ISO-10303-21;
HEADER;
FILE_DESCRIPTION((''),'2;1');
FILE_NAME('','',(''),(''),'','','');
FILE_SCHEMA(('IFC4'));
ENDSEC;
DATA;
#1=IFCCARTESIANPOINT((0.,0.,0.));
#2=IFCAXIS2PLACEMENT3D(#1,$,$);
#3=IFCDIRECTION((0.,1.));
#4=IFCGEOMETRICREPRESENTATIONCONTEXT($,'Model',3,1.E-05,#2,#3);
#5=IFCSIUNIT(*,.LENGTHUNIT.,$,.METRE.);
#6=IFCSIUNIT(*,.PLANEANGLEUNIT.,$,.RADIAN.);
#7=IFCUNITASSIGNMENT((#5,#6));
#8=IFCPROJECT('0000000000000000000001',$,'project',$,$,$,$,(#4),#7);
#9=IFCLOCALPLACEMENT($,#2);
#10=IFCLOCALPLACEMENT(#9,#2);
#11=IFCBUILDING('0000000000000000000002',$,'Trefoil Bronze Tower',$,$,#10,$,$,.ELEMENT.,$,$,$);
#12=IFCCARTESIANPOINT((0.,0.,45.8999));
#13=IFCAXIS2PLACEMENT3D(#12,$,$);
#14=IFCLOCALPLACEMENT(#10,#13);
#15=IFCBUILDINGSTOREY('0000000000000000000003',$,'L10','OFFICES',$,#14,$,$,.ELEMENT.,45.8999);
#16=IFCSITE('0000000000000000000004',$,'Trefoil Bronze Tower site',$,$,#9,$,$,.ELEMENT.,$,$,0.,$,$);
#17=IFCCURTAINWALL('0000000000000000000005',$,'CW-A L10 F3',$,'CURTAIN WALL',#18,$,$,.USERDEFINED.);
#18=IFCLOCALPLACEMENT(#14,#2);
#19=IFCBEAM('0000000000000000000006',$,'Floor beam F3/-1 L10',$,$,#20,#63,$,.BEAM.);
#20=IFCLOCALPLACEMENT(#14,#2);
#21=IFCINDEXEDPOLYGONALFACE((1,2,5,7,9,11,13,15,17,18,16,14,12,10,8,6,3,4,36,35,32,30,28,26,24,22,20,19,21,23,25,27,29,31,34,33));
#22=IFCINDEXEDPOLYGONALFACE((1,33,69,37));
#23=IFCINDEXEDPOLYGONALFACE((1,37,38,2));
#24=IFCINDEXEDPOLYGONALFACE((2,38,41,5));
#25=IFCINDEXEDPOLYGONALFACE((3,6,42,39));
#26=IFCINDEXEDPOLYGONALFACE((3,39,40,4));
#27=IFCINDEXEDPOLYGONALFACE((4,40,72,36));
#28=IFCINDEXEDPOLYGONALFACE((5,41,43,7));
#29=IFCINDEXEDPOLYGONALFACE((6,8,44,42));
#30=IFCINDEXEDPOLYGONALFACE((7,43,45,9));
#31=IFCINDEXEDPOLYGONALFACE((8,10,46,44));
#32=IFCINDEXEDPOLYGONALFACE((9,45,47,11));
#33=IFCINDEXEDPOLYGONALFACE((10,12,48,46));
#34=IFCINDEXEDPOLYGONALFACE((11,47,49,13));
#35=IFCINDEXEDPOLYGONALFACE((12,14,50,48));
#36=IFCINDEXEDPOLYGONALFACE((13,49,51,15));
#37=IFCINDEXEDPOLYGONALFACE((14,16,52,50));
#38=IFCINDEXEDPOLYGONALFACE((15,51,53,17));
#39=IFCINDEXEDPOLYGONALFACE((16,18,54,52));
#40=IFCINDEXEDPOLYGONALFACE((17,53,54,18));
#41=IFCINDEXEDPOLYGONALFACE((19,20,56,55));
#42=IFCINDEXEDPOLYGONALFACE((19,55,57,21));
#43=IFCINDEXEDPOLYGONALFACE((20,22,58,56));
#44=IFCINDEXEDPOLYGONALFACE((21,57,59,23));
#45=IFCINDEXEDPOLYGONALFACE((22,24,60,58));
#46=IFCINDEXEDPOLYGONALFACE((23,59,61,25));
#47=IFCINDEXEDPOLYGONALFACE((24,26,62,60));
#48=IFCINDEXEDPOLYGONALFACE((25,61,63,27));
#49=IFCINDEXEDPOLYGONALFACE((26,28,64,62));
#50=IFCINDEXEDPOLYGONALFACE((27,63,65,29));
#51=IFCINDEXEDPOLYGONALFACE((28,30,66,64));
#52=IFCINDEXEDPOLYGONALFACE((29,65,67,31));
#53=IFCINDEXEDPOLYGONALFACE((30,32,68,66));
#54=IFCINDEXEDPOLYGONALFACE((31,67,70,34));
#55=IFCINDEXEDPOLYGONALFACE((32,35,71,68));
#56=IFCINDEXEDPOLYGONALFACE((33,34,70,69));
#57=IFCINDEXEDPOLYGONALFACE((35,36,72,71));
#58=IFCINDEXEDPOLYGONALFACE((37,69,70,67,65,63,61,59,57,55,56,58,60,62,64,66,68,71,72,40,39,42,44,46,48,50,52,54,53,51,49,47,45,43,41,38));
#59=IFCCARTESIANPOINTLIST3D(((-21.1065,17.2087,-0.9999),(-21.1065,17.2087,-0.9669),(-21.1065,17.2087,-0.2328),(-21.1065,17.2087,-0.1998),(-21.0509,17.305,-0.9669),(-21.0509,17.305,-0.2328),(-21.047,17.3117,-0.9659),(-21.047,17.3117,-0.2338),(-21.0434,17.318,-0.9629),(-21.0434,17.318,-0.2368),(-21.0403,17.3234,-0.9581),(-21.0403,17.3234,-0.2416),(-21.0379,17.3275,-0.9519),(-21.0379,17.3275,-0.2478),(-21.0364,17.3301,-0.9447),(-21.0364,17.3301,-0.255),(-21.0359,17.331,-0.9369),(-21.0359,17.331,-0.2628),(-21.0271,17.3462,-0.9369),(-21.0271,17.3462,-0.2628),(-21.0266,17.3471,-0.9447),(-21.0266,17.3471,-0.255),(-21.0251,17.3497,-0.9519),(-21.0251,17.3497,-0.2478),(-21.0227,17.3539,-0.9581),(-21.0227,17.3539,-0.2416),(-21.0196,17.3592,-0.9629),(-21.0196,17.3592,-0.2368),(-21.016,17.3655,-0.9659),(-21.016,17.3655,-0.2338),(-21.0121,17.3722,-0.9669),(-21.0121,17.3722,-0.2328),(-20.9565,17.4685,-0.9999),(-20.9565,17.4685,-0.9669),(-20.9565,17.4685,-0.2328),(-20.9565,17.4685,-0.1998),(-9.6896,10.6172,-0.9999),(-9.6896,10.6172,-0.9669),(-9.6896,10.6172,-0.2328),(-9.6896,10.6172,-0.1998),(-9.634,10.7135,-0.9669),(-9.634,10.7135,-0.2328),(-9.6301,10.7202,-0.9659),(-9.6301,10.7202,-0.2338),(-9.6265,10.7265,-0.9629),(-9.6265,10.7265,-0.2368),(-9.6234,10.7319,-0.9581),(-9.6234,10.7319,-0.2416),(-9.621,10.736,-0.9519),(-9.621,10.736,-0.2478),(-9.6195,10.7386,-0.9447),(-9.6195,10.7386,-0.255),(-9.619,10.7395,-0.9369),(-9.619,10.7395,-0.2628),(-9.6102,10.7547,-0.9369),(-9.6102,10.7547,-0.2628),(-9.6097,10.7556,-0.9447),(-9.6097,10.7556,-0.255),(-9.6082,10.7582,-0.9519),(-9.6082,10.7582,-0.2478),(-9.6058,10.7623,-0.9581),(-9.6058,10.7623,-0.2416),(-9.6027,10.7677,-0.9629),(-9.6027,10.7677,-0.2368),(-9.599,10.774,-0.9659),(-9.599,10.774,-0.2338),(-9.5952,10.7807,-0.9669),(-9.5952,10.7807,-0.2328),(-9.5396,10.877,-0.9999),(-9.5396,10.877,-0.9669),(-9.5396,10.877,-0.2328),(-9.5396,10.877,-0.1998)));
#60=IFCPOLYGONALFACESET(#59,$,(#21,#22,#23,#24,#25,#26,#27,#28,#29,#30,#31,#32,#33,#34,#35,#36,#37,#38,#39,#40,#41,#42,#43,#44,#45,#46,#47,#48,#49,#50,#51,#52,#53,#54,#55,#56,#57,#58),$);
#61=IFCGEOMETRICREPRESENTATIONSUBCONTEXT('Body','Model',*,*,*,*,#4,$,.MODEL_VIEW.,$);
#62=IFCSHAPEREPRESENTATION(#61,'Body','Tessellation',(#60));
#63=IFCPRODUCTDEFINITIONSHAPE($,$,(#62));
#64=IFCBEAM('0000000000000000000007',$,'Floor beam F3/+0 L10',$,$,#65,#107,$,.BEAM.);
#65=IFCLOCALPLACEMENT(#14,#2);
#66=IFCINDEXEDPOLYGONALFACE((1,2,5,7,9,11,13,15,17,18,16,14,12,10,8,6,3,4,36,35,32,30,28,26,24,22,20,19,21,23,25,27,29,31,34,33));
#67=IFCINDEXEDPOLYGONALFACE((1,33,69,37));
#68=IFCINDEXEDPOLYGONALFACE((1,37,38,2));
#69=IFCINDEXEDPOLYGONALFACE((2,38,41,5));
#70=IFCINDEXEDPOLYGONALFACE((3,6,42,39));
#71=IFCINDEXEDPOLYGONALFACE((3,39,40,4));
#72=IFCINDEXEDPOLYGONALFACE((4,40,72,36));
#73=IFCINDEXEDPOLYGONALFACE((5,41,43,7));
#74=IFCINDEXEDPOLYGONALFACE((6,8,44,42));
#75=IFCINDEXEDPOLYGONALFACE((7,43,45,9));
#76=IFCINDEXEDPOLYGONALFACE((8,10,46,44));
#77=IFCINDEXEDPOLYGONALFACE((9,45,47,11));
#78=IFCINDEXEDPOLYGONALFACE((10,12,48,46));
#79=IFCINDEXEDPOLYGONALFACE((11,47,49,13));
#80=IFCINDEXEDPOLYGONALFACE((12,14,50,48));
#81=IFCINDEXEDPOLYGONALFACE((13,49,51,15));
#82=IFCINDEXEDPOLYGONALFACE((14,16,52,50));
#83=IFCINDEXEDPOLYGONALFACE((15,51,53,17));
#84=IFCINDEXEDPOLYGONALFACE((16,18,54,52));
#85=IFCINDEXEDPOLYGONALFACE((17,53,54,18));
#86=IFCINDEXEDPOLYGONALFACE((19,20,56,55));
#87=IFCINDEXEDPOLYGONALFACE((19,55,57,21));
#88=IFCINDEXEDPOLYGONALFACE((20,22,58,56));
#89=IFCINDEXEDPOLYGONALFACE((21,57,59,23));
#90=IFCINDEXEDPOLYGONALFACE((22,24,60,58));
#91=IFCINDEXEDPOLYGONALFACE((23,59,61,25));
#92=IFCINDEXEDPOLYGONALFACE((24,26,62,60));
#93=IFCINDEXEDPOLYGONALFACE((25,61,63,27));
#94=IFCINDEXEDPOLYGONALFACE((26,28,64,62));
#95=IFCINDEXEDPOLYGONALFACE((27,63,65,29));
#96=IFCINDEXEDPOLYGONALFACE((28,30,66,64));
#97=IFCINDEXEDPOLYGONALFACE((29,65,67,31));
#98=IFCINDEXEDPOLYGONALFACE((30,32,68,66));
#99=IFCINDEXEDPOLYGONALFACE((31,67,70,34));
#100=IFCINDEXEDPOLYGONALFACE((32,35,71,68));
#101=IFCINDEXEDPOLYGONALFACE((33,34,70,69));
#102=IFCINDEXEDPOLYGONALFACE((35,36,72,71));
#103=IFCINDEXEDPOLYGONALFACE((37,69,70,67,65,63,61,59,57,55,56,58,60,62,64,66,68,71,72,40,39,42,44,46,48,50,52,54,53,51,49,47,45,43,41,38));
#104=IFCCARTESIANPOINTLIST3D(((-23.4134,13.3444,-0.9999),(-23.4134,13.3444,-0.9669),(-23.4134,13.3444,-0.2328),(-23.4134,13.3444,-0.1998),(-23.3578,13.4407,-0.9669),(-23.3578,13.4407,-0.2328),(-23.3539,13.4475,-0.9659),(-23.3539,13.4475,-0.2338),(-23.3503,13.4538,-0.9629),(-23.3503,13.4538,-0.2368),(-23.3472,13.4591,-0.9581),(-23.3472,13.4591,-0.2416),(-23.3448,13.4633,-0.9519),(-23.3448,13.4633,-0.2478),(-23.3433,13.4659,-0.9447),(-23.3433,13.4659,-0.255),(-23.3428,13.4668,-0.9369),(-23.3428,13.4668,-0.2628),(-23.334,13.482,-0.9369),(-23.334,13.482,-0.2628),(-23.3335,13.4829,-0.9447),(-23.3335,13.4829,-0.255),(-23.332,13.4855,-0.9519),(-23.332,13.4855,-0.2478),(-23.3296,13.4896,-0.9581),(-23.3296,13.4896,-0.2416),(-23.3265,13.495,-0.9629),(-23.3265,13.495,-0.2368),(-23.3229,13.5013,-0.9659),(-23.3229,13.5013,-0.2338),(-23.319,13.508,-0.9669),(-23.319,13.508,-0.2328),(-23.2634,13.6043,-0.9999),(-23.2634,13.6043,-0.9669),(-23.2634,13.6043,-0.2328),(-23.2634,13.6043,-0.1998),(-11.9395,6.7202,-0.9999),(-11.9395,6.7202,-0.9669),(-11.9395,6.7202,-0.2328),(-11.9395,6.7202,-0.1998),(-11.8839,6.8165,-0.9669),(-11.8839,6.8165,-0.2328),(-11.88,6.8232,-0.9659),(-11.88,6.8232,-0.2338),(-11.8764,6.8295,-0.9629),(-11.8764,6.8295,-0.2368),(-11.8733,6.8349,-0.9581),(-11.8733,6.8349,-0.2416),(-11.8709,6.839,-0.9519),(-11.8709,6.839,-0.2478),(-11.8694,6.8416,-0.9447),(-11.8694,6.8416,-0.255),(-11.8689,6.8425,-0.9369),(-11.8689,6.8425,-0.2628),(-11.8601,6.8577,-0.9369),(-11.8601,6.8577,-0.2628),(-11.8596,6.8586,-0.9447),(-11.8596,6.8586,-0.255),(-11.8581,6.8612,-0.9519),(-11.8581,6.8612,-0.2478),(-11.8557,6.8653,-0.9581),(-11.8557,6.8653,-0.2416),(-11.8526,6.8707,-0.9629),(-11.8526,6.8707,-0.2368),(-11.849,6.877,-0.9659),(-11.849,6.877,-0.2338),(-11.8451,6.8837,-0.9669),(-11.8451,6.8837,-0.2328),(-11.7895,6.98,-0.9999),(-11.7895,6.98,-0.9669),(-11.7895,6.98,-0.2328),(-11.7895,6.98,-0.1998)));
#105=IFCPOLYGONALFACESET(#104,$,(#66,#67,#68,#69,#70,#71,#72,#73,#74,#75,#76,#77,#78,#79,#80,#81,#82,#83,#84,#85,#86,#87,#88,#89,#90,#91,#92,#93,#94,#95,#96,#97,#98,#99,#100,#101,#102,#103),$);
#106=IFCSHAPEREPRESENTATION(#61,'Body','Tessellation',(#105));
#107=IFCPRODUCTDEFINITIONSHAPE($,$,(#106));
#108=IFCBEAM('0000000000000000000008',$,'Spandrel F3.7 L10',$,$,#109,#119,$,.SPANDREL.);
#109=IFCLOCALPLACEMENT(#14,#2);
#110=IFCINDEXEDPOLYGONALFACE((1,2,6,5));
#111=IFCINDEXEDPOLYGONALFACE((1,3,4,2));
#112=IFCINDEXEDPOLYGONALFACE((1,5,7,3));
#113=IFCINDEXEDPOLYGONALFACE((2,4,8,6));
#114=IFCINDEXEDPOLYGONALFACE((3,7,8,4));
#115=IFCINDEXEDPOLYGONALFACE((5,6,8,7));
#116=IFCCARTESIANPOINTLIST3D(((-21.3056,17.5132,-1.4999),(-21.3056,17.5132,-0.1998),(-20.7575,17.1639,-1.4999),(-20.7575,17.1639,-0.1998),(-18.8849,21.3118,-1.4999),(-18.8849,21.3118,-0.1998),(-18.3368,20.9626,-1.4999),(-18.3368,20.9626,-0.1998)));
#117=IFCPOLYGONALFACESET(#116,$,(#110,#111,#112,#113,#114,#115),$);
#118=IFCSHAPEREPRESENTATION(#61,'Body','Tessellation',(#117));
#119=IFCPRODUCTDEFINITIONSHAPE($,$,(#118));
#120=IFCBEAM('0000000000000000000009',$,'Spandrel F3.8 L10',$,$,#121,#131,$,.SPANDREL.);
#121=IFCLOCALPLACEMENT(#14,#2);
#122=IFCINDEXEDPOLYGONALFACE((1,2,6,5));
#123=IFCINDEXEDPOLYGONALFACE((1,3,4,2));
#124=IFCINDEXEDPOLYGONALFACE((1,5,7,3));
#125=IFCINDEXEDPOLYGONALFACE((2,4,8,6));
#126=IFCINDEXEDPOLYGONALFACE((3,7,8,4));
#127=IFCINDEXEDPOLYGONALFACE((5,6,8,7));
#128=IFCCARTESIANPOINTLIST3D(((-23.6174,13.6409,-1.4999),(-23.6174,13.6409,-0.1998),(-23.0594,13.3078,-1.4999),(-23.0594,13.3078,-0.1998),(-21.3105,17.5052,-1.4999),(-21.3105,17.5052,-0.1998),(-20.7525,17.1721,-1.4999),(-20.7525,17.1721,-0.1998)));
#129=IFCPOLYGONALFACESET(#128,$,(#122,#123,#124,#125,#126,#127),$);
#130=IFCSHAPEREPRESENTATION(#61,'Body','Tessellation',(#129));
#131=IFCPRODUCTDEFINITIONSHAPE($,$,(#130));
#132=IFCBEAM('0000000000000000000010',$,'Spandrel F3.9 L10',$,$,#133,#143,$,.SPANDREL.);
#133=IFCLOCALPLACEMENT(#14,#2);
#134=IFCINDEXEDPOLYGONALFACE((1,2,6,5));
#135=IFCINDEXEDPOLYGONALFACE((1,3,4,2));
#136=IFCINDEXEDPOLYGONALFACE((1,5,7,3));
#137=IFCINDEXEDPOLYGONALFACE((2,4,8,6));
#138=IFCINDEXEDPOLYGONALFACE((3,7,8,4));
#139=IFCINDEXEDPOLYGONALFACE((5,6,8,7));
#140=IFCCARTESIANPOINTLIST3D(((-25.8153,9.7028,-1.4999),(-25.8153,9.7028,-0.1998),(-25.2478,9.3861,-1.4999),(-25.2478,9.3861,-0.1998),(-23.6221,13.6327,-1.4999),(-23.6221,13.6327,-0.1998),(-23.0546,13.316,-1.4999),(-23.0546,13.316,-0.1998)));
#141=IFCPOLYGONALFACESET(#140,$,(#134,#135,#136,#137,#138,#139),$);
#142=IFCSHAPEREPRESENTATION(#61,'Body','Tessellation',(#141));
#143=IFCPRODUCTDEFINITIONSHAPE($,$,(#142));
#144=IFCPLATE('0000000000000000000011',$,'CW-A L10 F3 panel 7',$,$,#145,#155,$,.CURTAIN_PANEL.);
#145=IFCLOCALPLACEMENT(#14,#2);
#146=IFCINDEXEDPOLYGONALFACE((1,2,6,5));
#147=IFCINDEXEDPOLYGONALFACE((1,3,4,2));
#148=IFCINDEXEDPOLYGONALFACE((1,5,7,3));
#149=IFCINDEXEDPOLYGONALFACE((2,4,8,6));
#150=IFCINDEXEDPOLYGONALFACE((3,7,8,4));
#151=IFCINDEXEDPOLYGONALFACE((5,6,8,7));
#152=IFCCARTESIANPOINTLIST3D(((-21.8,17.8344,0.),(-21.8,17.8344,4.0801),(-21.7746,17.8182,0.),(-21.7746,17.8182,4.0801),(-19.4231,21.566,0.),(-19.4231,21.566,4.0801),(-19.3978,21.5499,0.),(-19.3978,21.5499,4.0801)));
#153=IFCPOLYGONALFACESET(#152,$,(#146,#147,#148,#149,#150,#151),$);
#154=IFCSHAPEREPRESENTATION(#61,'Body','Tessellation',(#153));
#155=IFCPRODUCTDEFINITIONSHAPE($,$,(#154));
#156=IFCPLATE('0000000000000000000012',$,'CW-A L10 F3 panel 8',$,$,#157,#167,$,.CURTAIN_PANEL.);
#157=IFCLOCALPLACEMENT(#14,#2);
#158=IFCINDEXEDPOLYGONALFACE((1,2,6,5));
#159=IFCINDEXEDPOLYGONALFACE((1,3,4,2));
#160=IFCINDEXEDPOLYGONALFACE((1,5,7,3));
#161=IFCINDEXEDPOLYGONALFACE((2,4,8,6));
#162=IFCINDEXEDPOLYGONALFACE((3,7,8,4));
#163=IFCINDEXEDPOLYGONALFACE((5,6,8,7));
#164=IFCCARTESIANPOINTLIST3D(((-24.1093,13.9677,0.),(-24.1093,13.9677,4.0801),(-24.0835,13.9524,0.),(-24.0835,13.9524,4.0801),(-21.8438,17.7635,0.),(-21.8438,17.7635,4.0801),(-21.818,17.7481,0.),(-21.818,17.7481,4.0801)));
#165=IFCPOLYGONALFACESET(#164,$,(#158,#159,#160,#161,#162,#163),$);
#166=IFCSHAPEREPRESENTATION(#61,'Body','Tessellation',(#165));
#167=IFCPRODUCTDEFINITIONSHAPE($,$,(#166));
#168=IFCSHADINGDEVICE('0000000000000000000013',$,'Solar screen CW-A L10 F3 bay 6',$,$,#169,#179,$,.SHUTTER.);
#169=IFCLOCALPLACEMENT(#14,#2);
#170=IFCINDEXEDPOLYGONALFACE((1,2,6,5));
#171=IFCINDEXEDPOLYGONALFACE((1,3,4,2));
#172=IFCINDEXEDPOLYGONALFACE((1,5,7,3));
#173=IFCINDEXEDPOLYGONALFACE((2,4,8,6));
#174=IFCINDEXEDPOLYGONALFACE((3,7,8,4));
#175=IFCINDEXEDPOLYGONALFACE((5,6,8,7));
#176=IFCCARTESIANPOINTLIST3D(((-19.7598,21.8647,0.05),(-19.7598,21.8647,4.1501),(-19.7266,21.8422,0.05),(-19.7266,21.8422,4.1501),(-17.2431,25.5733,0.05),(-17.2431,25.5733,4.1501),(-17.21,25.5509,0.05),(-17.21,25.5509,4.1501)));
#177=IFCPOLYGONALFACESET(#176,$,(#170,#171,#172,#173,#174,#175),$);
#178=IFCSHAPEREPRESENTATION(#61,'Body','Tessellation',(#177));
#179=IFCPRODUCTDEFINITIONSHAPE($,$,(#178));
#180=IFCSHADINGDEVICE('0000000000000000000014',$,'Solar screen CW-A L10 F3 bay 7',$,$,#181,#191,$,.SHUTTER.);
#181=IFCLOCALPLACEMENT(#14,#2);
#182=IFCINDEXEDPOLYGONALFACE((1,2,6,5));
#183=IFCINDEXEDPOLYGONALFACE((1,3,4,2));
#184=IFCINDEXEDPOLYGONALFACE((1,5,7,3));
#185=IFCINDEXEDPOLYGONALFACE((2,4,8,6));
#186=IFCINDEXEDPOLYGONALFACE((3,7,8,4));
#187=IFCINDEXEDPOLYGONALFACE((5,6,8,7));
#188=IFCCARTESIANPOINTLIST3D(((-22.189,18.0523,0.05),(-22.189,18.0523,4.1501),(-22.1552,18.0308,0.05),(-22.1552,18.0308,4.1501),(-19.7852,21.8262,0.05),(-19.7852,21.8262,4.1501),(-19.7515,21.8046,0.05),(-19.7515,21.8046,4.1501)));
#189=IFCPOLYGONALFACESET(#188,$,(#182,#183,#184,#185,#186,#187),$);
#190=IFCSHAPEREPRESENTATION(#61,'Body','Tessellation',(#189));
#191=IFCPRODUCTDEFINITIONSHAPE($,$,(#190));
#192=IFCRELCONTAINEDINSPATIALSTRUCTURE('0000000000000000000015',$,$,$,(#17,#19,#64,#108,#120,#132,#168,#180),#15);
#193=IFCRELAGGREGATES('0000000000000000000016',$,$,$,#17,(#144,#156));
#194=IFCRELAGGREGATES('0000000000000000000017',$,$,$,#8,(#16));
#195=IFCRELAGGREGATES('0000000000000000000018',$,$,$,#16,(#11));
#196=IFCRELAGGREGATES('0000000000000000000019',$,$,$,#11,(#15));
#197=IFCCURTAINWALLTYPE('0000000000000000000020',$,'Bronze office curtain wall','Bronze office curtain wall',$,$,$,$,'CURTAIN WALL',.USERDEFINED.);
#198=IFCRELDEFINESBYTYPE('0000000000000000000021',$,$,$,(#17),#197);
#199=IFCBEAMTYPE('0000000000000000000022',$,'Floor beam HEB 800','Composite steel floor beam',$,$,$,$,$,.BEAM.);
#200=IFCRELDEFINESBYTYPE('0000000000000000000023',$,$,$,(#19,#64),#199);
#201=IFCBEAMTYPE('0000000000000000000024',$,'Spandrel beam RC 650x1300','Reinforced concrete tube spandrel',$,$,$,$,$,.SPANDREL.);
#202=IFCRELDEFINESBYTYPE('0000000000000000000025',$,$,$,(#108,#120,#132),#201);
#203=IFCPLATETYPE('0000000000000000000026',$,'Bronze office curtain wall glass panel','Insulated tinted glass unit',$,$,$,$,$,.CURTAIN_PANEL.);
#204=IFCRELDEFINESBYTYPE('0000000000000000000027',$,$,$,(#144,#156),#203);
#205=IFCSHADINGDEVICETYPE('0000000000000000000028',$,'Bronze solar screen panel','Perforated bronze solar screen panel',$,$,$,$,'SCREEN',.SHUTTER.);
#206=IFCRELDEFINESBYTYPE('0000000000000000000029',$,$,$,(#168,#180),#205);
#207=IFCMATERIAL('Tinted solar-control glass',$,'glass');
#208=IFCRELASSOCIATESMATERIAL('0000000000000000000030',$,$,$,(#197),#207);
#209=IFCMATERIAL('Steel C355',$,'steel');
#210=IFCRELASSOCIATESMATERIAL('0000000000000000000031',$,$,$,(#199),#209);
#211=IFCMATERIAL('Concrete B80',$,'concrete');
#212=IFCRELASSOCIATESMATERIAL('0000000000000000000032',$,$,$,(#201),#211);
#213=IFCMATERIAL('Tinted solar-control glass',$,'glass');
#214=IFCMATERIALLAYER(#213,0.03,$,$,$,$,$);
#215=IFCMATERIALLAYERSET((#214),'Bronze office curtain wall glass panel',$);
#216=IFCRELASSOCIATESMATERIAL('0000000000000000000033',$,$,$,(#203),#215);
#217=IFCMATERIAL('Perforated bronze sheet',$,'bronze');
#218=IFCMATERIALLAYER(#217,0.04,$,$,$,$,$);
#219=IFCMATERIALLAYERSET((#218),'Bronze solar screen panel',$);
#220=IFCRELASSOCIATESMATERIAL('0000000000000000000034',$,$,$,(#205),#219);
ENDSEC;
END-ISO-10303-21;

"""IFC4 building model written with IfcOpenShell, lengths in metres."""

from ifc_helpers import new_model, si_unit, direction, frame, origin, origin_2d, place, context, subcontext, project, spatial, rectangle, i_section, extrude, material, layer, layer_set, material_profile, profile_set, type_object, element, aggregate, save


model = new_model("IFC4")

# Units and contexts
model_context = context("Model", 3, precision=1e-05, world=origin(), true_north=direction((0.0, 1.0)))
body_context = subcontext(model_context, "Body", "Model", "MODEL_VIEW")
ifc_project = project(units=[si_unit("LENGTHUNIT", "METRE"), si_unit("PLANEANGLEUNIT", "RADIAN")], contexts=[model_context])

# Site, building, storey
site_placement = place(None, origin())
site = spatial("IfcSite", under=ifc_project, at=site_placement, Name="Trefoil Bronze Tower site", CompositionType="ELEMENT", RefElevation=0.0)
building_placement = place(site_placement, origin())
building = spatial("IfcBuilding", under=site, at=building_placement, Name="Trefoil Bronze Tower", CompositionType="ELEMENT")
storey_placement = place(building_placement, frame((0.0, 0.0, 45.8999)))
storey = spatial("IfcBuildingStorey", under=building, at=storey_placement, Name="L10", Description="OFFICES", CompositionType="ELEMENT", Elevation=45.8999)

# Curtain wall
ifc_material_1 = material(Name="Tinted solar-control glass", Category="glass")
curtain_wall_type = type_object("IfcCurtainWallType", Name="Bronze office curtain wall", Description="Bronze office curtain wall", ElementType="CURTAIN WALL", PredefinedType="USERDEFINED", material=ifc_material_1)
curtain_wall_placement = place(storey_placement, origin())
curtain_wall = element("IfcCurtainWall", 1, at=curtain_wall_placement, inside=storey, type_object=curtain_wall_type, Name="CW-A L10 F3", ObjectType="CURTAIN WALL", PredefinedType="USERDEFINED")

# Beams
ifc_material_2 = material(Name="Steel C355", Category="steel")
ifc_material_profile_1 = material_profile(ifc_material_2, i_section(OverallWidth=0.3, OverallDepth=0.8, WebThickness=0.0176, FlangeThickness=0.033, FilletRadius=0.03, at=origin_2d()), Name="HEB 800")
ifc_profile_set_1 = profile_set([ifc_material_profile_1], Name="Steel C355")
beam_type_1 = type_object("IfcBeamType", Name="Floor beam HEB 800", Description="Composite steel floor beam", PredefinedType="BEAM", material=ifc_profile_set_1)
beam_1_placement = place(storey_placement, frame((-21.0315, 17.3386, -0.5999), z_axis=(0.866027, -0.499997, 0.0), x_axis=(0.499997, 0.866027, 0.0)))
element("IfcBeam", 2, at=beam_1_placement, inside=storey, type_object=beam_type_1, Name="Floor beam F3/-1 L10", PredefinedType="BEAM", context=body_context, shape_type="SweptSolid", body=[
    extrude(i_section(OverallWidth=0.3, OverallDepth=0.8, WebThickness=0.0176, FlangeThickness=0.033, FilletRadius=0.03, at=origin_2d()), origin(), (0.0, 0.0, 1.0), 13.1831),
])
beam_2_placement = place(storey_placement, frame((-23.3384, 13.4744, -0.5999), z_axis=(0.866031, -0.49999, 0.0), x_axis=(0.49999, 0.866031, 0.0)))
element("IfcBeam", 3, at=beam_2_placement, inside=storey, type_object=beam_type_1, Name="Floor beam F3/+0 L10", PredefinedType="BEAM", context=body_context, shape_type="SweptSolid", body=[
    extrude(i_section(OverallWidth=0.3, OverallDepth=0.8, WebThickness=0.0176, FlangeThickness=0.033, FilletRadius=0.03, at=origin_2d()), origin(), (0.0, 0.0, 1.0), 13.2488),
])
ifc_material_3 = material(Name="Concrete B80", Category="concrete")
ifc_material_profile_2 = material_profile(ifc_material_3, rectangle(XDim=0.6499, YDim=1.3, at=origin_2d()), Name="RC 650x1300")
ifc_profile_set_2 = profile_set([ifc_material_profile_2], Name="Concrete B80")
beam_type_2 = type_object("IfcBeamType", Name="Spandrel beam RC 650x1300", Description="Reinforced concrete tube spandrel", PredefinedType="SPANDREL", material=ifc_profile_set_2)
beam_3_placement = place(storey_placement, frame((-18.6108, 21.1372, -0.8499), z_axis=(-0.537408, -0.843322, 0.0), x_axis=(0.843322, -0.537408, 0.0)))
element("IfcBeam", 4, at=beam_3_placement, inside=storey, type_object=beam_type_2, Name="Spandrel F3.7 L10", PredefinedType="SPANDREL", context=body_context, shape_type="SweptSolid", body=[
    extrude(rectangle(XDim=0.6499, YDim=1.3, at=origin_2d()), origin(), (0.0, 0.0, 1.0), 4.5044),
])
for number, where, z_axis, x_axis, name in (
    (5, (-21.0315, 17.3386, -0.8499), (-0.512588, -0.858635, 0.0), (0.858635, -0.512588, 0.0), "Spandrel F3.8 L10"),
    (6, (-23.3384, 13.4744, -0.8499), (-0.487309, -0.873229, 0.0), (0.873229, -0.487309, 0.0), "Spandrel F3.9 L10"),
):
    element("IfcBeam", number, at=place(storey_placement, frame(where, z_axis=z_axis, x_axis=x_axis)), inside=storey, type_object=beam_type_2, Name=name, PredefinedType="SPANDREL", context=body_context, shape_type="SweptSolid", body=[
        extrude(rectangle(XDim=0.6499, YDim=1.3, at=origin_2d()), origin(), (0.0, 0.0, 1.0), 4.5005),
    ])

# Plates
ifc_material_4 = material(Name="Tinted solar-control glass", Category="glass")
ifc_layer_1 = layer(ifc_material_4, 0.03)
ifc_layer_set_1 = layer_set([ifc_layer_1], Name="Bronze office curtain wall glass panel")
plate_type = type_object("IfcPlateType", Name="Bronze office curtain wall glass panel", Description="Insulated tinted glass unit", PredefinedType="CURTAIN_PANEL", material=ifc_layer_set_1)
plate_1_placement = place(storey_placement, frame((-20.5989, 19.6921, 0.0), z_axis=(0.0, 0.0, 1.0), x_axis=(-0.537222, -0.843441, 0.0)))
plate_1 = element("IfcPlate", 7, at=plate_1_placement, type_object=plate_type, Name="CW-A L10 F3 panel 7", PredefinedType="CURTAIN_PANEL", context=body_context, shape_type="SweptSolid", body=[
    extrude(rectangle(XDim=4.4243, YDim=0.03, at=origin_2d()), origin(), (0.0, 0.0, 1.0), 4.0801),
])
plate_2_placement = place(storey_placement, frame((-22.9636, 15.8579, 0.0), z_axis=(0.0, 0.0, 1.0), x_axis=(-0.512513, -0.85868, 0.0)))
plate_2 = element("IfcPlate", 8, at=plate_2_placement, type_object=plate_type, Name="CW-A L10 F3 panel 8", PredefinedType="CURTAIN_PANEL", context=body_context, shape_type="SweptSolid", body=[
    extrude(rectangle(XDim=4.4204, YDim=0.03, at=origin_2d()), origin(), (0.0, 0.0, 1.0), 4.0801),
])
aggregate(curtain_wall, [plate_1, plate_2])

# Shading devices
ifc_material_5 = material(Name="Perforated bronze sheet", Category="bronze")
ifc_layer_2 = layer(ifc_material_5, 0.04)
ifc_layer_set_2 = layer_set([ifc_layer_2], Name="Bronze solar screen panel")
shading_device_type = type_object("IfcShadingDeviceType", Name="Bronze solar screen panel", Description="Perforated bronze solar screen panel", ElementType="SCREEN", PredefinedType="SHUTTER", material=ifc_layer_set_2)
shading_device_1_placement = place(storey_placement, frame((-18.4849, 23.7078, 0.05), z_axis=(0.0, 0.0, 1.0), x_axis=(-0.56151, -0.82747, 0.0)))
element("IfcShadingDevice", 9, at=shading_device_1_placement, inside=storey, type_object=shading_device_type, Name="Solar screen CW-A L10 F3 bay 6", PredefinedType="SHUTTER", context=body_context, shape_type="SweptSolid", body=[
    extrude(rectangle(XDim=4.4819, YDim=0.04, at=origin_2d()), origin(), (0.0, 0.0, 1.0), 4.1001),
])
shading_device_2_placement = place(storey_placement, frame((-20.9702, 19.9285, 0.05), z_axis=(0.0, 0.0, 1.0), x_axis=(-0.537222, -0.843441, 0.0)))
element("IfcShadingDevice", 10, at=shading_device_2_placement, inside=storey, type_object=shading_device_type, Name="Solar screen CW-A L10 F3 bay 7", PredefinedType="SHUTTER", context=body_context, shape_type="SweptSolid", body=[
    extrude(rectangle(XDim=4.4744, YDim=0.04, at=origin_2d()), origin(), (0.0, 0.0, 1.0), 4.1001),
])

save(model, "model.ifc")
